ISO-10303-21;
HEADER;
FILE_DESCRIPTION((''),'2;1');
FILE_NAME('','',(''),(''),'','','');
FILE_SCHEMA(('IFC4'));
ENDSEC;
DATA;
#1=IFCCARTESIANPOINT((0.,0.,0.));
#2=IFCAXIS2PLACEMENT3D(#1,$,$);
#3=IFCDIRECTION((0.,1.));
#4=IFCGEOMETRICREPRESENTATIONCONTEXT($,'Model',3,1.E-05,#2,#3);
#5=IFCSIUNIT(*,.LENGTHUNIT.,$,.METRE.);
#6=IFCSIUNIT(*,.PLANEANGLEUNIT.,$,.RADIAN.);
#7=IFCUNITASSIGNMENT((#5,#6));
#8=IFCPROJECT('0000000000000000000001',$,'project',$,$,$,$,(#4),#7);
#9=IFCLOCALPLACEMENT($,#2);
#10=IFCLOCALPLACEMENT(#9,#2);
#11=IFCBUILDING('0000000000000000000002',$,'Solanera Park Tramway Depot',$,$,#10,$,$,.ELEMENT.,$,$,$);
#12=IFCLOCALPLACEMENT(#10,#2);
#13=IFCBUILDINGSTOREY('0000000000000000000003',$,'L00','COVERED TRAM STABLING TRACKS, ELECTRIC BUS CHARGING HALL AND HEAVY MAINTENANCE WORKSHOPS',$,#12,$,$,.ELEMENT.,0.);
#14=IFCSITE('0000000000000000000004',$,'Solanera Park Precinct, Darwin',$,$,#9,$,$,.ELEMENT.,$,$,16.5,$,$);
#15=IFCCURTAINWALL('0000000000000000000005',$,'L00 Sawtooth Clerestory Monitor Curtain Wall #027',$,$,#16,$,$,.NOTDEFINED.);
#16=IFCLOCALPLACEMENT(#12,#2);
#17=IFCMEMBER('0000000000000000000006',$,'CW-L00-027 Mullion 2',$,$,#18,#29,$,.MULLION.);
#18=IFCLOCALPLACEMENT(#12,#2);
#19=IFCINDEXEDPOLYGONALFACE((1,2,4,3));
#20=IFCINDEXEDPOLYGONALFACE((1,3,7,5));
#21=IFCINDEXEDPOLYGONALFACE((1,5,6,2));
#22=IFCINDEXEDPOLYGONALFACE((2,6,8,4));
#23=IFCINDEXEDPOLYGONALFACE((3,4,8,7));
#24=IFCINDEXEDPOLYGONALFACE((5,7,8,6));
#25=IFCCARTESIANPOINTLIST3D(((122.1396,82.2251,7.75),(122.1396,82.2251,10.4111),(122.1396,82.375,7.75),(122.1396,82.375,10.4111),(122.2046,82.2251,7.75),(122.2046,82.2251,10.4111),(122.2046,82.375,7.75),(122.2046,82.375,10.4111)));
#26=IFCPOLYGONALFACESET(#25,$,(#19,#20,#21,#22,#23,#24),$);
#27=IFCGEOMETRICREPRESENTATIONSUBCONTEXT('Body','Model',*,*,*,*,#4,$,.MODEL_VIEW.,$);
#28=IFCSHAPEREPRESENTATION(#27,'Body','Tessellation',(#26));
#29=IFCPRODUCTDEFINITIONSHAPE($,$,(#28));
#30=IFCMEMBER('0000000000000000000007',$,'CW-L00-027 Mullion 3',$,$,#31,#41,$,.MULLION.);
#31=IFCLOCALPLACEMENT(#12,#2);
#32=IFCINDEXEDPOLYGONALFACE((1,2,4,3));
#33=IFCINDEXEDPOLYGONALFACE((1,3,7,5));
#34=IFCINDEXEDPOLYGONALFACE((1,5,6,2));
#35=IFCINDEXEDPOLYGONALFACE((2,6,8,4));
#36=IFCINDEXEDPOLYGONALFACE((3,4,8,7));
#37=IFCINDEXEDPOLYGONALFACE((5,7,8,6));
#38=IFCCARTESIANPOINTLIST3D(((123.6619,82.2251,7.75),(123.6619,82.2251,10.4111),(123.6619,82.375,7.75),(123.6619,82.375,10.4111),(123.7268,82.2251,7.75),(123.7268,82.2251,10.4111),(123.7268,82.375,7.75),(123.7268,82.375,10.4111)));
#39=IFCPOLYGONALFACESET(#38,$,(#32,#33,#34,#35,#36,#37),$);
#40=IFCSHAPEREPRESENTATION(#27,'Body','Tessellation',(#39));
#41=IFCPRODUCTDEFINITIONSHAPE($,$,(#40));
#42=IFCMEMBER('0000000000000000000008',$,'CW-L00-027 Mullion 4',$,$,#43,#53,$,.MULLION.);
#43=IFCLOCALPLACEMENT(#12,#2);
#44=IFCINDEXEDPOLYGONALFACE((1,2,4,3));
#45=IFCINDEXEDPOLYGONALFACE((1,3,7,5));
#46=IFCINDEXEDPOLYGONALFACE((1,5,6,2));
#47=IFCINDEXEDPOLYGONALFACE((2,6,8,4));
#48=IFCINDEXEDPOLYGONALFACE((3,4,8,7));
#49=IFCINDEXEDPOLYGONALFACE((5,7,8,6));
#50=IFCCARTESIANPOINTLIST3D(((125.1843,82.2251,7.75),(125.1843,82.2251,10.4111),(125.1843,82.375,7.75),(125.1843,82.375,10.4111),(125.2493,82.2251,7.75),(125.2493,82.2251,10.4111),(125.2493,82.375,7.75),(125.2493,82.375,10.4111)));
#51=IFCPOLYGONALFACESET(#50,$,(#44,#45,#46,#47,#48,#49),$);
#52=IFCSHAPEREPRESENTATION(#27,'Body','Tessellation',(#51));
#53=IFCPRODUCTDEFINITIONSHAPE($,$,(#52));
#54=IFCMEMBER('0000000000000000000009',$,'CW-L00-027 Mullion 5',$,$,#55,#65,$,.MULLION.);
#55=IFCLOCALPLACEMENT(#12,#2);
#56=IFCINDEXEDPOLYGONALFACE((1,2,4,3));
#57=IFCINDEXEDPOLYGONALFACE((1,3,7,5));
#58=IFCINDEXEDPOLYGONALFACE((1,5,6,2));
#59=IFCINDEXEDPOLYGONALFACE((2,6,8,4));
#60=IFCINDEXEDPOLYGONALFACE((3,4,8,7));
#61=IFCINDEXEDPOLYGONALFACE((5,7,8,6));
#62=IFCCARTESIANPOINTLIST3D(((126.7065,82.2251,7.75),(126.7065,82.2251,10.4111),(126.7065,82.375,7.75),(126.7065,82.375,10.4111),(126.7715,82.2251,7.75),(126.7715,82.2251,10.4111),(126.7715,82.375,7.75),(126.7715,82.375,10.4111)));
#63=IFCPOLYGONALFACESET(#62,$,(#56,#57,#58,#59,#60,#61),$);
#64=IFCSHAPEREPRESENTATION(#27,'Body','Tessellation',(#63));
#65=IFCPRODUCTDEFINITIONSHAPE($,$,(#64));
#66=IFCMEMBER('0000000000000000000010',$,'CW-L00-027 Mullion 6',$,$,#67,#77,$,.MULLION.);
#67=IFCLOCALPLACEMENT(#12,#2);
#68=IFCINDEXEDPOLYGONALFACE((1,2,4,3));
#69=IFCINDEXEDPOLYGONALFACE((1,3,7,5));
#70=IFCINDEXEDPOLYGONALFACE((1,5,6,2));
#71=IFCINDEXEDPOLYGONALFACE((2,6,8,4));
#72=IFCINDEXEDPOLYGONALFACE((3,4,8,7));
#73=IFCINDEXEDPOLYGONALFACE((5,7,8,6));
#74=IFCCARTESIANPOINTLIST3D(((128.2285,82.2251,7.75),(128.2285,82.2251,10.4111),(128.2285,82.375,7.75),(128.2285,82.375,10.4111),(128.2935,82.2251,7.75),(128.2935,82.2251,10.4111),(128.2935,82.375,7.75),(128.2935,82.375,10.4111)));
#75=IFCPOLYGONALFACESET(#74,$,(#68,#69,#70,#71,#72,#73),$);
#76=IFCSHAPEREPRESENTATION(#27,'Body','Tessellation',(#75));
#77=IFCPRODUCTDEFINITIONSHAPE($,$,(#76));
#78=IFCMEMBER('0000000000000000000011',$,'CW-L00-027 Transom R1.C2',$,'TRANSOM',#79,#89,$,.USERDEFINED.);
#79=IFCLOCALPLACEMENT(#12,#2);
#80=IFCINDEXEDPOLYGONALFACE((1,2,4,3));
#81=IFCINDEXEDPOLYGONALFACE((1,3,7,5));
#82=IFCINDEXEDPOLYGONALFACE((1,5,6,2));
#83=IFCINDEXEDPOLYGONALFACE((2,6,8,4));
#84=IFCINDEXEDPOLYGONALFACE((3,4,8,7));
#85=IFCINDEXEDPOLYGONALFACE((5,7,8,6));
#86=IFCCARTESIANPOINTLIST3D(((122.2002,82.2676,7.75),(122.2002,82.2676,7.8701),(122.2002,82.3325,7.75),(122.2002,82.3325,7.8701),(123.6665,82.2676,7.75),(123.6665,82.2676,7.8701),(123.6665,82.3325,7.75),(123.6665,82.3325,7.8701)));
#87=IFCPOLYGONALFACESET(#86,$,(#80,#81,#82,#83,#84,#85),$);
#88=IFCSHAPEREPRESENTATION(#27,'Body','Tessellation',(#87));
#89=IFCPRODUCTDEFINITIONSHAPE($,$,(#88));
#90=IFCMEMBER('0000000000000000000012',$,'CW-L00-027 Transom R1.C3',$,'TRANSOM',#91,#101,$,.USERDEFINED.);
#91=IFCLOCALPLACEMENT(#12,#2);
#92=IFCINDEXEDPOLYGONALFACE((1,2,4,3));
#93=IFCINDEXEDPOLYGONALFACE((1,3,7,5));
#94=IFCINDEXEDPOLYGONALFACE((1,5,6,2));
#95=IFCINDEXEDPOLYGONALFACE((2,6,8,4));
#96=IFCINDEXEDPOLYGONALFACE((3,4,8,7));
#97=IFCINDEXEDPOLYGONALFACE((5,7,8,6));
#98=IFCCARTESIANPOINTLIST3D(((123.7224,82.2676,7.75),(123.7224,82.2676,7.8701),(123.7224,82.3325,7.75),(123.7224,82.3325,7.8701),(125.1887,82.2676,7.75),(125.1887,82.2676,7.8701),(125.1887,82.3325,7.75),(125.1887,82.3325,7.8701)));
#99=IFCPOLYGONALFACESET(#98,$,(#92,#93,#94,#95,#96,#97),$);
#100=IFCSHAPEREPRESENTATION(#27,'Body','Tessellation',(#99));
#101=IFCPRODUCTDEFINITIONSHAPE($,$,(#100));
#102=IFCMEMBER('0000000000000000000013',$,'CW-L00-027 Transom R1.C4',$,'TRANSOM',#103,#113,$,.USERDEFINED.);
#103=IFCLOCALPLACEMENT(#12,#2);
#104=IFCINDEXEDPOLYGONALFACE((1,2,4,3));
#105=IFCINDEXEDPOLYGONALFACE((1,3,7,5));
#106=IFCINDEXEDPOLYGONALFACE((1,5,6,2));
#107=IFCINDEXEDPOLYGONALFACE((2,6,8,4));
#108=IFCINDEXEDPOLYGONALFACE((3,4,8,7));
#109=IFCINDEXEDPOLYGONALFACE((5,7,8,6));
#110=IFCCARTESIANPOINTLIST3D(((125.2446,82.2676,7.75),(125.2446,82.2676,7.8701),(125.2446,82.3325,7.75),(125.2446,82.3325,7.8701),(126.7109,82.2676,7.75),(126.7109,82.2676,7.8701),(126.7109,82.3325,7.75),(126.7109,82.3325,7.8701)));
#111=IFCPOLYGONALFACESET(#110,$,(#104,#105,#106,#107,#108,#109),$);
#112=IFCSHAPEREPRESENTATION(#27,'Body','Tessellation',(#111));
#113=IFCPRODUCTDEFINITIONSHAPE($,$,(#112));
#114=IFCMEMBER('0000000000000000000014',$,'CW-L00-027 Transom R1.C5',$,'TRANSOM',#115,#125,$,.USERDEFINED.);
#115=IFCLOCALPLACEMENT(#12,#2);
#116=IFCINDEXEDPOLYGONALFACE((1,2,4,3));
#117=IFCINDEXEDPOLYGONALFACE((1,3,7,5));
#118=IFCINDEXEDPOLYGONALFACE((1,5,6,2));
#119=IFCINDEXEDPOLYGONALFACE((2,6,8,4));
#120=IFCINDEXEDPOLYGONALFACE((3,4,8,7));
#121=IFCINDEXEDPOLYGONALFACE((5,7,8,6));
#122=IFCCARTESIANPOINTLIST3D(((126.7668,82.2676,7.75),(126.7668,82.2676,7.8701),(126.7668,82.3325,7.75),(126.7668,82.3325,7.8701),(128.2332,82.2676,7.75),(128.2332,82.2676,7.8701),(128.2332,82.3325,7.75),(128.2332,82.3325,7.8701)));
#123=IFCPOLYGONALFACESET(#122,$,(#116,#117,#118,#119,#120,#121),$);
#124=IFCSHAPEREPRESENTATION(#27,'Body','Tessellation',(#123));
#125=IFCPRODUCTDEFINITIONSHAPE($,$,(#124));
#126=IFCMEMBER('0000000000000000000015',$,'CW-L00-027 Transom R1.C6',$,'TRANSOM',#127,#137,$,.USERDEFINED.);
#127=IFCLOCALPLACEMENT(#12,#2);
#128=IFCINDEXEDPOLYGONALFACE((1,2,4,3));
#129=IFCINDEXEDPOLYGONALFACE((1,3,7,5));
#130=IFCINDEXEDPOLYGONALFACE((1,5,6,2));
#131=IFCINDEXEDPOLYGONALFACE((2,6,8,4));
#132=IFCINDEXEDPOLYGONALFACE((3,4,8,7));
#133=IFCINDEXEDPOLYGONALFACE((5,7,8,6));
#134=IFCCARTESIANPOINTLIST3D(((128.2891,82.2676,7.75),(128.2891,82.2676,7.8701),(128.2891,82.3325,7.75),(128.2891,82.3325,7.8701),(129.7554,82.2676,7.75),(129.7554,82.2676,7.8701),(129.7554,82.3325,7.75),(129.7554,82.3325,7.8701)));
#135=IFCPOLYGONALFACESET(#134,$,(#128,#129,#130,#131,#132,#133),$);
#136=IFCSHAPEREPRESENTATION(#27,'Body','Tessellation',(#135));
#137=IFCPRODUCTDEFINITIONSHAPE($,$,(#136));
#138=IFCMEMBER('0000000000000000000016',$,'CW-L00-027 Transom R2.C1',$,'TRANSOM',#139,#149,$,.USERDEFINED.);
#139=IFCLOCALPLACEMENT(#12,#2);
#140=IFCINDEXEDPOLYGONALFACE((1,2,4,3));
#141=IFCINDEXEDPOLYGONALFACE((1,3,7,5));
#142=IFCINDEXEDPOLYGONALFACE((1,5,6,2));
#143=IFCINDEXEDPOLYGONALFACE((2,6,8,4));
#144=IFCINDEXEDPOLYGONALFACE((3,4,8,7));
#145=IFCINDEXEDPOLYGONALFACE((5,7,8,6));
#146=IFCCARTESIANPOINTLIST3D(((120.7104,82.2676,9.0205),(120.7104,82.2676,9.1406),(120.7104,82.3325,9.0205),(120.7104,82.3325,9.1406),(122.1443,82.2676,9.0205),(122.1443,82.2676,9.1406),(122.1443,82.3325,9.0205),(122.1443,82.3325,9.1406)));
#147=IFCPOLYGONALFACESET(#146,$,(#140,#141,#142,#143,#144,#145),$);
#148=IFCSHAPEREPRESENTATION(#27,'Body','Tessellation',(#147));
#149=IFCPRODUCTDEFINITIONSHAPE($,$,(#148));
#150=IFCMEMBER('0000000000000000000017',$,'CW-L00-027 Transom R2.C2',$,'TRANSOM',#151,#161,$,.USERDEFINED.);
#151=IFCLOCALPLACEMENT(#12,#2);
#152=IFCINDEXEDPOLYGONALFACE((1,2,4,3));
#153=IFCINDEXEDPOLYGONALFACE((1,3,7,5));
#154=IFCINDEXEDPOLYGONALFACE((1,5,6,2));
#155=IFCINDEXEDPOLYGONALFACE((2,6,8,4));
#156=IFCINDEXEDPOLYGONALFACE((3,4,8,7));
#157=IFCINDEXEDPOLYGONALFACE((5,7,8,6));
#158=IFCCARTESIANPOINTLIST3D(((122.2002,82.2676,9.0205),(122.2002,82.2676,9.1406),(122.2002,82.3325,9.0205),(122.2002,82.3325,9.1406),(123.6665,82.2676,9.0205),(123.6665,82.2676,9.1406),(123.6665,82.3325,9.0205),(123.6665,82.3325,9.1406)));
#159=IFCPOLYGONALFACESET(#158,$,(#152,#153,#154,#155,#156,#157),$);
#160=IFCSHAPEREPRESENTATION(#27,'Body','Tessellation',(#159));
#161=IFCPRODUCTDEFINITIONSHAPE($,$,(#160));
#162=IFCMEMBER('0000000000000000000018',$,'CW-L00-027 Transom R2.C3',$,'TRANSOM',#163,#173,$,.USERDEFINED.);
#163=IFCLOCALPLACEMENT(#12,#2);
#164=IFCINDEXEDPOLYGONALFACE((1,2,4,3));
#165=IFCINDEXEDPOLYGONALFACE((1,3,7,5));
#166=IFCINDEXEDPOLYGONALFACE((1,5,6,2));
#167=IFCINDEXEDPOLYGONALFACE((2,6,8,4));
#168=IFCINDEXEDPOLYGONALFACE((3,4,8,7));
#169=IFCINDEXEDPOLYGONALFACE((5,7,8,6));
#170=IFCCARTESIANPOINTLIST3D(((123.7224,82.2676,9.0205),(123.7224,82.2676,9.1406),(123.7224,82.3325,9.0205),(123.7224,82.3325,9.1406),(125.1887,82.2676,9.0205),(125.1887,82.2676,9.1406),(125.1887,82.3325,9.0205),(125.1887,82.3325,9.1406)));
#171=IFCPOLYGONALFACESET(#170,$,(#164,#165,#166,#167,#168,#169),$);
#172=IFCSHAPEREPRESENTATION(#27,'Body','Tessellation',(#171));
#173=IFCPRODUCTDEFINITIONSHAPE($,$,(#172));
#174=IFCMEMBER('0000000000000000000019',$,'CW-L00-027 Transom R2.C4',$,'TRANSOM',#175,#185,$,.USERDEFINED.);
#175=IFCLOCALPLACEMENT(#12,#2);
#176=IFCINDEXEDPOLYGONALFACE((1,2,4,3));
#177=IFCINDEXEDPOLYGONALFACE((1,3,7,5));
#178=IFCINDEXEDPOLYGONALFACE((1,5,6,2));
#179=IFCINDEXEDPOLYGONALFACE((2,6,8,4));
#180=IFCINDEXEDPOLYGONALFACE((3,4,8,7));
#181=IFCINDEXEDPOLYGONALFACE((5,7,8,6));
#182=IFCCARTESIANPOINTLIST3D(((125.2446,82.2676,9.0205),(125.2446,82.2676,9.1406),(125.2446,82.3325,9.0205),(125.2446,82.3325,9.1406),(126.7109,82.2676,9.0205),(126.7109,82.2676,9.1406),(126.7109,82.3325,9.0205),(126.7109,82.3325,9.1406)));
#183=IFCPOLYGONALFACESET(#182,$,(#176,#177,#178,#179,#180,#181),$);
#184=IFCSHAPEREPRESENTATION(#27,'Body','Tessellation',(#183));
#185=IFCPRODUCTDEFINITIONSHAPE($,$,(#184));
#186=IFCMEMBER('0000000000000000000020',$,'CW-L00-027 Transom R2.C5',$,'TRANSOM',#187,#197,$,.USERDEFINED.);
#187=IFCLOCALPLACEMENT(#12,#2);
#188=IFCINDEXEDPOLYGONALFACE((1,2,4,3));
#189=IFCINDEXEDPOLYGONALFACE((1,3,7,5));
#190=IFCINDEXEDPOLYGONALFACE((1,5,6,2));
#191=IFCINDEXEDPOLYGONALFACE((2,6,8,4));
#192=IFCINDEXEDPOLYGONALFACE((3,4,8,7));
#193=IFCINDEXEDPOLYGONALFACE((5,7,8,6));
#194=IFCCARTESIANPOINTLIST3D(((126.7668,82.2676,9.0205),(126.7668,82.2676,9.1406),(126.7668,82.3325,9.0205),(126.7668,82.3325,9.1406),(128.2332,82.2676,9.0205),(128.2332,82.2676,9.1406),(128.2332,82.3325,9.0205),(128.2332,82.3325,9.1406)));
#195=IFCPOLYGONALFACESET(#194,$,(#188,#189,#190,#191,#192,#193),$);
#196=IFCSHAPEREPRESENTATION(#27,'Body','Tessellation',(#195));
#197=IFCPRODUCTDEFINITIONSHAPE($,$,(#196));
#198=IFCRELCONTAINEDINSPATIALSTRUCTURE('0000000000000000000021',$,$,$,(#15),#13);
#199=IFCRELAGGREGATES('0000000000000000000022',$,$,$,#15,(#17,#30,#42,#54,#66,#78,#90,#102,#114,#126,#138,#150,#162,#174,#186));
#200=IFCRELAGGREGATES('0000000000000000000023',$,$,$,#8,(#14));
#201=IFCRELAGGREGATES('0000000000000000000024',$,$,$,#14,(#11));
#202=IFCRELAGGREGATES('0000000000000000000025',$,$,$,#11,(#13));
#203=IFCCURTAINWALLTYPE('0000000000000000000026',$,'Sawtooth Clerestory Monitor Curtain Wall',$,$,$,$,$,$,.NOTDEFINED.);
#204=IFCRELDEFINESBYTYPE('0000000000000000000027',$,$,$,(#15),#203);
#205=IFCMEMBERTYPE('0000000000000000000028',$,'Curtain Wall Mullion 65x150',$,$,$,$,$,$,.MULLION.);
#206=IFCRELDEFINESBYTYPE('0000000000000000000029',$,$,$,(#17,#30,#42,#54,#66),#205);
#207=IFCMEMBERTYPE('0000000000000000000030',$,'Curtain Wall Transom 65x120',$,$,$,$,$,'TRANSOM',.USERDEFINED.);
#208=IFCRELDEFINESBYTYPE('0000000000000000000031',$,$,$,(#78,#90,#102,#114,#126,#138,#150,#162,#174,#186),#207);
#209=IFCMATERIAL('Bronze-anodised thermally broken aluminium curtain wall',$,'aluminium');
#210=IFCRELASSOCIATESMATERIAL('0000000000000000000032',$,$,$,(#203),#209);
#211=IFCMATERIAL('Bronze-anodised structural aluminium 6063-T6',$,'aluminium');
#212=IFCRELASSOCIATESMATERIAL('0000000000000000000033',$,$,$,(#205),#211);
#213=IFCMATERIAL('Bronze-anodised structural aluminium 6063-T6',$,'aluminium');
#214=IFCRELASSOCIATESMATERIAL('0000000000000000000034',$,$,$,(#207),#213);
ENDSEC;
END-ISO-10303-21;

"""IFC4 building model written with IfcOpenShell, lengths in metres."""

from ifc_helpers import new_model, si_unit, direction, frame, origin, origin_2d, place, context, subcontext, project, spatial, rectangle, extrude, material, material_profile, profile_set, type_object, element, aggregate, save


model = new_model("IFC4")

# Units and contexts
model_context = context("Model", 3, precision=1e-05, world=origin(), true_north=direction((0.0, 1.0)))
body_context = subcontext(model_context, "Body", "Model", "MODEL_VIEW")
ifc_project = project(units=[si_unit("LENGTHUNIT", "METRE"), si_unit("PLANEANGLEUNIT", "RADIAN")], contexts=[model_context])

# Site, building, storey
site_placement = place(None, origin())
site = spatial("IfcSite", under=ifc_project, at=site_placement, Name="Solanera Park Precinct, Darwin", CompositionType="ELEMENT", RefElevation=16.5)
building_placement = place(site_placement, origin())
building = spatial("IfcBuilding", under=site, at=building_placement, Name="Solanera Park Tramway Depot", CompositionType="ELEMENT")
storey_placement = place(building_placement, origin())
storey = spatial("IfcBuildingStorey", under=building, at=storey_placement, Name="L00", Description="COVERED TRAM STABLING TRACKS, ELECTRIC BUS CHARGING HALL AND HEAVY MAINTENANCE WORKSHOPS", CompositionType="ELEMENT", Elevation=0.0)

# Curtain wall, members
ifc_material_1 = material(Name="Bronze-anodised thermally broken aluminium curtain wall", Category="aluminium")
curtain_wall_type = type_object("IfcCurtainWallType", Name="Sawtooth Clerestory Monitor Curtain Wall", PredefinedType="NOTDEFINED", material=ifc_material_1)
curtain_wall_placement = place(storey_placement, origin())
curtain_wall = element("IfcCurtainWall", 1, at=curtain_wall_placement, inside=storey, type_object=curtain_wall_type, Name="L00 Sawtooth Clerestory Monitor Curtain Wall #027", PredefinedType="NOTDEFINED")
ifc_material_2 = material(Name="Bronze-anodised structural aluminium 6063-T6", Category="aluminium")
ifc_material_profile_1 = material_profile(ifc_material_2, rectangle(XDim=0.0649, YDim=0.1499, at=origin_2d()), Name="Curtain Wall Mullion 65x150")
ifc_profile_set_1 = profile_set([ifc_material_profile_1], Name="Bronze-anodised structural aluminium 6063-T6")
member_type_1 = type_object("IfcMemberType", Name="Curtain Wall Mullion 65x150", PredefinedType="MULLION", material=ifc_profile_set_1)
member_1_placement = place(storey_placement, frame((122.1721, 82.3, 7.75), z_axis=(0.0, 0.0, 1.0), x_axis=(1.0, 0.0, 0.0)))
member_1 = element("IfcMember", 2, at=member_1_placement, type_object=member_type_1, Name="CW-L00-027 Mullion 2", PredefinedType="MULLION", context=body_context, shape_type="SweptSolid", body=[
    extrude(rectangle(XDim=0.0649, YDim=0.1499, at=origin_2d()), origin(), (0.0, 0.0, 1.0), 2.6611),
])
member_2_placement = place(storey_placement, frame((123.6943, 82.3, 7.75), z_axis=(0.0, 0.0, 1.0), x_axis=(1.0, 0.0, 0.0)))
member_2 = element("IfcMember", 3, at=member_2_placement, type_object=member_type_1, Name="CW-L00-027 Mullion 3", PredefinedType="MULLION", context=body_context, shape_type="SweptSolid", body=[
    extrude(rectangle(XDim=0.0649, YDim=0.1499, at=origin_2d()), origin(), (0.0, 0.0, 1.0), 2.6611),
])
member_3_placement = place(storey_placement, frame((125.2168, 82.3, 7.75), z_axis=(0.0, 0.0, 1.0), x_axis=(1.0, 0.0, 0.0)))
member_3 = element("IfcMember", 4, at=member_3_placement, type_object=member_type_1, Name="CW-L00-027 Mullion 4", PredefinedType="MULLION", context=body_context, shape_type="SweptSolid", body=[
    extrude(rectangle(XDim=0.0649, YDim=0.1499, at=origin_2d()), origin(), (0.0, 0.0, 1.0), 2.6611),
])
member_4_placement = place(storey_placement, frame((126.739, 82.3, 7.75), z_axis=(0.0, 0.0, 1.0), x_axis=(1.0, 0.0, 0.0)))
member_4 = element("IfcMember", 5, at=member_4_placement, type_object=member_type_1, Name="CW-L00-027 Mullion 5", PredefinedType="MULLION", context=body_context, shape_type="SweptSolid", body=[
    extrude(rectangle(XDim=0.0649, YDim=0.1499, at=origin_2d()), origin(), (0.0, 0.0, 1.0), 2.6611),
])
member_5_placement = place(storey_placement, frame((128.261, 82.3, 7.75), z_axis=(0.0, 0.0, 1.0), x_axis=(1.0, 0.0, 0.0)))
member_5 = element("IfcMember", 6, at=member_5_placement, type_object=member_type_1, Name="CW-L00-027 Mullion 6", PredefinedType="MULLION", context=body_context, shape_type="SweptSolid", body=[
    extrude(rectangle(XDim=0.0649, YDim=0.1499, at=origin_2d()), origin(), (0.0, 0.0, 1.0), 2.6611),
])
ifc_material_3 = material(Name="Bronze-anodised structural aluminium 6063-T6", Category="aluminium")
ifc_material_profile_2 = material_profile(ifc_material_3, rectangle(XDim=0.0649, YDim=0.1201, at=origin_2d()), Name="Curtain Wall Transom 65x120")
ifc_profile_set_2 = profile_set([ifc_material_profile_2], Name="Bronze-anodised structural aluminium 6063-T6")
member_type_2 = type_object("IfcMemberType", Name="Curtain Wall Transom 65x120", ElementType="TRANSOM", PredefinedType="USERDEFINED", material=ifc_profile_set_2)
member_6_placement = place(storey_placement, frame((122.2002, 82.3, 7.8101), z_axis=(1.0, 0.0, 0.0), x_axis=(0.0, 1.0, 0.0)))
member_6 = element("IfcMember", 7, at=member_6_placement, type_object=member_type_2, Name="CW-L00-027 Transom R1.C2", ObjectType="TRANSOM", PredefinedType="USERDEFINED", context=body_context, shape_type="SweptSolid", body=[
    extrude(rectangle(XDim=0.0649, YDim=0.1201, at=origin_2d()), origin(), (0.0, 0.0, 1.0), 1.4663),
])
member_7_placement = place(storey_placement, frame((123.7224, 82.3, 7.8101), z_axis=(1.0, 0.0, 0.0), x_axis=(0.0, 1.0, 0.0)))
member_7 = element("IfcMember", 8, at=member_7_placement, type_object=member_type_2, Name="CW-L00-027 Transom R1.C3", ObjectType="TRANSOM", PredefinedType="USERDEFINED", context=body_context, shape_type="SweptSolid", body=[
    extrude(rectangle(XDim=0.0649, YDim=0.1201, at=origin_2d()), origin(), (0.0, 0.0, 1.0), 1.4663),
])
member_8_placement = place(storey_placement, frame((125.2446, 82.3, 7.8101), z_axis=(1.0, 0.0, 0.0), x_axis=(0.0, 1.0, 0.0)))
member_8 = element("IfcMember", 9, at=member_8_placement, type_object=member_type_2, Name="CW-L00-027 Transom R1.C4", ObjectType="TRANSOM", PredefinedType="USERDEFINED", context=body_context, shape_type="SweptSolid", body=[
    extrude(rectangle(XDim=0.0649, YDim=0.1201, at=origin_2d()), origin(), (0.0, 0.0, 1.0), 1.4663),
])
member_9_placement = place(storey_placement, frame((126.7668, 82.3, 7.8101), z_axis=(1.0, 0.0, 0.0), x_axis=(0.0, 1.0, 0.0)))
member_9 = element("IfcMember", 10, at=member_9_placement, type_object=member_type_2, Name="CW-L00-027 Transom R1.C5", ObjectType="TRANSOM", PredefinedType="USERDEFINED", context=body_context, shape_type="SweptSolid", body=[
    extrude(rectangle(XDim=0.0649, YDim=0.1201, at=origin_2d()), origin(), (0.0, 0.0, 1.0), 1.4663),
])
member_10_placement = place(storey_placement, frame((128.2891, 82.3, 7.8101), z_axis=(1.0, 0.0, 0.0), x_axis=(0.0, 1.0, 0.0)))
member_10 = element("IfcMember", 11, at=member_10_placement, type_object=member_type_2, Name="CW-L00-027 Transom R1.C6", ObjectType="TRANSOM", PredefinedType="USERDEFINED", context=body_context, shape_type="SweptSolid", body=[
    extrude(rectangle(XDim=0.0649, YDim=0.1201, at=origin_2d()), origin(), (0.0, 0.0, 1.0), 1.4663),
])
member_11_placement = place(storey_placement, frame((120.7104, 82.3, 9.0806), z_axis=(1.0, 0.0, 0.0), x_axis=(0.0, 1.0, 0.0)))
member_11 = element("IfcMember", 12, at=member_11_placement, type_object=member_type_2, Name="CW-L00-027 Transom R2.C1", ObjectType="TRANSOM", PredefinedType="USERDEFINED", context=body_context, shape_type="SweptSolid", body=[
    extrude(rectangle(XDim=0.0649, YDim=0.1201, at=origin_2d()), origin(), (0.0, 0.0, 1.0), 1.4338),
])
member_12_placement = place(storey_placement, frame((122.2002, 82.3, 9.0806), z_axis=(1.0, 0.0, 0.0), x_axis=(0.0, 1.0, 0.0)))
member_12 = element("IfcMember", 13, at=member_12_placement, type_object=member_type_2, Name="CW-L00-027 Transom R2.C2", ObjectType="TRANSOM", PredefinedType="USERDEFINED", context=body_context, shape_type="SweptSolid", body=[
    extrude(rectangle(XDim=0.0649, YDim=0.1201, at=origin_2d()), origin(), (0.0, 0.0, 1.0), 1.4663),
])
member_13_placement = place(storey_placement, frame((123.7224, 82.3, 9.0806), z_axis=(1.0, 0.0, 0.0), x_axis=(0.0, 1.0, 0.0)))
member_13 = element("IfcMember", 14, at=member_13_placement, type_object=member_type_2, Name="CW-L00-027 Transom R2.C3", ObjectType="TRANSOM", PredefinedType="USERDEFINED", context=body_context, shape_type="SweptSolid", body=[
    extrude(rectangle(XDim=0.0649, YDim=0.1201, at=origin_2d()), origin(), (0.0, 0.0, 1.0), 1.4663),
])
member_14_placement = place(storey_placement, frame((125.2446, 82.3, 9.0806), z_axis=(1.0, 0.0, 0.0), x_axis=(0.0, 1.0, 0.0)))
member_14 = element("IfcMember", 15, at=member_14_placement, type_object=member_type_2, Name="CW-L00-027 Transom R2.C4", ObjectType="TRANSOM", PredefinedType="USERDEFINED", context=body_context, shape_type="SweptSolid", body=[
    extrude(rectangle(XDim=0.0649, YDim=0.1201, at=origin_2d()), origin(), (0.0, 0.0, 1.0), 1.4663),
])
member_15_placement = place(storey_placement, frame((126.7668, 82.3, 9.0806), z_axis=(1.0, 0.0, 0.0), x_axis=(0.0, 1.0, 0.0)))
member_15 = element("IfcMember", 16, at=member_15_placement, type_object=member_type_2, Name="CW-L00-027 Transom R2.C5", ObjectType="TRANSOM", PredefinedType="USERDEFINED", context=body_context, shape_type="SweptSolid", body=[
    extrude(rectangle(XDim=0.0649, YDim=0.1201, at=origin_2d()), origin(), (0.0, 0.0, 1.0), 1.4663),
])
aggregate(curtain_wall, [member_1, member_2, member_3, member_4, member_5, member_6, member_7, member_8, member_9, member_10, member_11, member_12, member_13, member_14, member_15])

save(model, "model.ifc")
